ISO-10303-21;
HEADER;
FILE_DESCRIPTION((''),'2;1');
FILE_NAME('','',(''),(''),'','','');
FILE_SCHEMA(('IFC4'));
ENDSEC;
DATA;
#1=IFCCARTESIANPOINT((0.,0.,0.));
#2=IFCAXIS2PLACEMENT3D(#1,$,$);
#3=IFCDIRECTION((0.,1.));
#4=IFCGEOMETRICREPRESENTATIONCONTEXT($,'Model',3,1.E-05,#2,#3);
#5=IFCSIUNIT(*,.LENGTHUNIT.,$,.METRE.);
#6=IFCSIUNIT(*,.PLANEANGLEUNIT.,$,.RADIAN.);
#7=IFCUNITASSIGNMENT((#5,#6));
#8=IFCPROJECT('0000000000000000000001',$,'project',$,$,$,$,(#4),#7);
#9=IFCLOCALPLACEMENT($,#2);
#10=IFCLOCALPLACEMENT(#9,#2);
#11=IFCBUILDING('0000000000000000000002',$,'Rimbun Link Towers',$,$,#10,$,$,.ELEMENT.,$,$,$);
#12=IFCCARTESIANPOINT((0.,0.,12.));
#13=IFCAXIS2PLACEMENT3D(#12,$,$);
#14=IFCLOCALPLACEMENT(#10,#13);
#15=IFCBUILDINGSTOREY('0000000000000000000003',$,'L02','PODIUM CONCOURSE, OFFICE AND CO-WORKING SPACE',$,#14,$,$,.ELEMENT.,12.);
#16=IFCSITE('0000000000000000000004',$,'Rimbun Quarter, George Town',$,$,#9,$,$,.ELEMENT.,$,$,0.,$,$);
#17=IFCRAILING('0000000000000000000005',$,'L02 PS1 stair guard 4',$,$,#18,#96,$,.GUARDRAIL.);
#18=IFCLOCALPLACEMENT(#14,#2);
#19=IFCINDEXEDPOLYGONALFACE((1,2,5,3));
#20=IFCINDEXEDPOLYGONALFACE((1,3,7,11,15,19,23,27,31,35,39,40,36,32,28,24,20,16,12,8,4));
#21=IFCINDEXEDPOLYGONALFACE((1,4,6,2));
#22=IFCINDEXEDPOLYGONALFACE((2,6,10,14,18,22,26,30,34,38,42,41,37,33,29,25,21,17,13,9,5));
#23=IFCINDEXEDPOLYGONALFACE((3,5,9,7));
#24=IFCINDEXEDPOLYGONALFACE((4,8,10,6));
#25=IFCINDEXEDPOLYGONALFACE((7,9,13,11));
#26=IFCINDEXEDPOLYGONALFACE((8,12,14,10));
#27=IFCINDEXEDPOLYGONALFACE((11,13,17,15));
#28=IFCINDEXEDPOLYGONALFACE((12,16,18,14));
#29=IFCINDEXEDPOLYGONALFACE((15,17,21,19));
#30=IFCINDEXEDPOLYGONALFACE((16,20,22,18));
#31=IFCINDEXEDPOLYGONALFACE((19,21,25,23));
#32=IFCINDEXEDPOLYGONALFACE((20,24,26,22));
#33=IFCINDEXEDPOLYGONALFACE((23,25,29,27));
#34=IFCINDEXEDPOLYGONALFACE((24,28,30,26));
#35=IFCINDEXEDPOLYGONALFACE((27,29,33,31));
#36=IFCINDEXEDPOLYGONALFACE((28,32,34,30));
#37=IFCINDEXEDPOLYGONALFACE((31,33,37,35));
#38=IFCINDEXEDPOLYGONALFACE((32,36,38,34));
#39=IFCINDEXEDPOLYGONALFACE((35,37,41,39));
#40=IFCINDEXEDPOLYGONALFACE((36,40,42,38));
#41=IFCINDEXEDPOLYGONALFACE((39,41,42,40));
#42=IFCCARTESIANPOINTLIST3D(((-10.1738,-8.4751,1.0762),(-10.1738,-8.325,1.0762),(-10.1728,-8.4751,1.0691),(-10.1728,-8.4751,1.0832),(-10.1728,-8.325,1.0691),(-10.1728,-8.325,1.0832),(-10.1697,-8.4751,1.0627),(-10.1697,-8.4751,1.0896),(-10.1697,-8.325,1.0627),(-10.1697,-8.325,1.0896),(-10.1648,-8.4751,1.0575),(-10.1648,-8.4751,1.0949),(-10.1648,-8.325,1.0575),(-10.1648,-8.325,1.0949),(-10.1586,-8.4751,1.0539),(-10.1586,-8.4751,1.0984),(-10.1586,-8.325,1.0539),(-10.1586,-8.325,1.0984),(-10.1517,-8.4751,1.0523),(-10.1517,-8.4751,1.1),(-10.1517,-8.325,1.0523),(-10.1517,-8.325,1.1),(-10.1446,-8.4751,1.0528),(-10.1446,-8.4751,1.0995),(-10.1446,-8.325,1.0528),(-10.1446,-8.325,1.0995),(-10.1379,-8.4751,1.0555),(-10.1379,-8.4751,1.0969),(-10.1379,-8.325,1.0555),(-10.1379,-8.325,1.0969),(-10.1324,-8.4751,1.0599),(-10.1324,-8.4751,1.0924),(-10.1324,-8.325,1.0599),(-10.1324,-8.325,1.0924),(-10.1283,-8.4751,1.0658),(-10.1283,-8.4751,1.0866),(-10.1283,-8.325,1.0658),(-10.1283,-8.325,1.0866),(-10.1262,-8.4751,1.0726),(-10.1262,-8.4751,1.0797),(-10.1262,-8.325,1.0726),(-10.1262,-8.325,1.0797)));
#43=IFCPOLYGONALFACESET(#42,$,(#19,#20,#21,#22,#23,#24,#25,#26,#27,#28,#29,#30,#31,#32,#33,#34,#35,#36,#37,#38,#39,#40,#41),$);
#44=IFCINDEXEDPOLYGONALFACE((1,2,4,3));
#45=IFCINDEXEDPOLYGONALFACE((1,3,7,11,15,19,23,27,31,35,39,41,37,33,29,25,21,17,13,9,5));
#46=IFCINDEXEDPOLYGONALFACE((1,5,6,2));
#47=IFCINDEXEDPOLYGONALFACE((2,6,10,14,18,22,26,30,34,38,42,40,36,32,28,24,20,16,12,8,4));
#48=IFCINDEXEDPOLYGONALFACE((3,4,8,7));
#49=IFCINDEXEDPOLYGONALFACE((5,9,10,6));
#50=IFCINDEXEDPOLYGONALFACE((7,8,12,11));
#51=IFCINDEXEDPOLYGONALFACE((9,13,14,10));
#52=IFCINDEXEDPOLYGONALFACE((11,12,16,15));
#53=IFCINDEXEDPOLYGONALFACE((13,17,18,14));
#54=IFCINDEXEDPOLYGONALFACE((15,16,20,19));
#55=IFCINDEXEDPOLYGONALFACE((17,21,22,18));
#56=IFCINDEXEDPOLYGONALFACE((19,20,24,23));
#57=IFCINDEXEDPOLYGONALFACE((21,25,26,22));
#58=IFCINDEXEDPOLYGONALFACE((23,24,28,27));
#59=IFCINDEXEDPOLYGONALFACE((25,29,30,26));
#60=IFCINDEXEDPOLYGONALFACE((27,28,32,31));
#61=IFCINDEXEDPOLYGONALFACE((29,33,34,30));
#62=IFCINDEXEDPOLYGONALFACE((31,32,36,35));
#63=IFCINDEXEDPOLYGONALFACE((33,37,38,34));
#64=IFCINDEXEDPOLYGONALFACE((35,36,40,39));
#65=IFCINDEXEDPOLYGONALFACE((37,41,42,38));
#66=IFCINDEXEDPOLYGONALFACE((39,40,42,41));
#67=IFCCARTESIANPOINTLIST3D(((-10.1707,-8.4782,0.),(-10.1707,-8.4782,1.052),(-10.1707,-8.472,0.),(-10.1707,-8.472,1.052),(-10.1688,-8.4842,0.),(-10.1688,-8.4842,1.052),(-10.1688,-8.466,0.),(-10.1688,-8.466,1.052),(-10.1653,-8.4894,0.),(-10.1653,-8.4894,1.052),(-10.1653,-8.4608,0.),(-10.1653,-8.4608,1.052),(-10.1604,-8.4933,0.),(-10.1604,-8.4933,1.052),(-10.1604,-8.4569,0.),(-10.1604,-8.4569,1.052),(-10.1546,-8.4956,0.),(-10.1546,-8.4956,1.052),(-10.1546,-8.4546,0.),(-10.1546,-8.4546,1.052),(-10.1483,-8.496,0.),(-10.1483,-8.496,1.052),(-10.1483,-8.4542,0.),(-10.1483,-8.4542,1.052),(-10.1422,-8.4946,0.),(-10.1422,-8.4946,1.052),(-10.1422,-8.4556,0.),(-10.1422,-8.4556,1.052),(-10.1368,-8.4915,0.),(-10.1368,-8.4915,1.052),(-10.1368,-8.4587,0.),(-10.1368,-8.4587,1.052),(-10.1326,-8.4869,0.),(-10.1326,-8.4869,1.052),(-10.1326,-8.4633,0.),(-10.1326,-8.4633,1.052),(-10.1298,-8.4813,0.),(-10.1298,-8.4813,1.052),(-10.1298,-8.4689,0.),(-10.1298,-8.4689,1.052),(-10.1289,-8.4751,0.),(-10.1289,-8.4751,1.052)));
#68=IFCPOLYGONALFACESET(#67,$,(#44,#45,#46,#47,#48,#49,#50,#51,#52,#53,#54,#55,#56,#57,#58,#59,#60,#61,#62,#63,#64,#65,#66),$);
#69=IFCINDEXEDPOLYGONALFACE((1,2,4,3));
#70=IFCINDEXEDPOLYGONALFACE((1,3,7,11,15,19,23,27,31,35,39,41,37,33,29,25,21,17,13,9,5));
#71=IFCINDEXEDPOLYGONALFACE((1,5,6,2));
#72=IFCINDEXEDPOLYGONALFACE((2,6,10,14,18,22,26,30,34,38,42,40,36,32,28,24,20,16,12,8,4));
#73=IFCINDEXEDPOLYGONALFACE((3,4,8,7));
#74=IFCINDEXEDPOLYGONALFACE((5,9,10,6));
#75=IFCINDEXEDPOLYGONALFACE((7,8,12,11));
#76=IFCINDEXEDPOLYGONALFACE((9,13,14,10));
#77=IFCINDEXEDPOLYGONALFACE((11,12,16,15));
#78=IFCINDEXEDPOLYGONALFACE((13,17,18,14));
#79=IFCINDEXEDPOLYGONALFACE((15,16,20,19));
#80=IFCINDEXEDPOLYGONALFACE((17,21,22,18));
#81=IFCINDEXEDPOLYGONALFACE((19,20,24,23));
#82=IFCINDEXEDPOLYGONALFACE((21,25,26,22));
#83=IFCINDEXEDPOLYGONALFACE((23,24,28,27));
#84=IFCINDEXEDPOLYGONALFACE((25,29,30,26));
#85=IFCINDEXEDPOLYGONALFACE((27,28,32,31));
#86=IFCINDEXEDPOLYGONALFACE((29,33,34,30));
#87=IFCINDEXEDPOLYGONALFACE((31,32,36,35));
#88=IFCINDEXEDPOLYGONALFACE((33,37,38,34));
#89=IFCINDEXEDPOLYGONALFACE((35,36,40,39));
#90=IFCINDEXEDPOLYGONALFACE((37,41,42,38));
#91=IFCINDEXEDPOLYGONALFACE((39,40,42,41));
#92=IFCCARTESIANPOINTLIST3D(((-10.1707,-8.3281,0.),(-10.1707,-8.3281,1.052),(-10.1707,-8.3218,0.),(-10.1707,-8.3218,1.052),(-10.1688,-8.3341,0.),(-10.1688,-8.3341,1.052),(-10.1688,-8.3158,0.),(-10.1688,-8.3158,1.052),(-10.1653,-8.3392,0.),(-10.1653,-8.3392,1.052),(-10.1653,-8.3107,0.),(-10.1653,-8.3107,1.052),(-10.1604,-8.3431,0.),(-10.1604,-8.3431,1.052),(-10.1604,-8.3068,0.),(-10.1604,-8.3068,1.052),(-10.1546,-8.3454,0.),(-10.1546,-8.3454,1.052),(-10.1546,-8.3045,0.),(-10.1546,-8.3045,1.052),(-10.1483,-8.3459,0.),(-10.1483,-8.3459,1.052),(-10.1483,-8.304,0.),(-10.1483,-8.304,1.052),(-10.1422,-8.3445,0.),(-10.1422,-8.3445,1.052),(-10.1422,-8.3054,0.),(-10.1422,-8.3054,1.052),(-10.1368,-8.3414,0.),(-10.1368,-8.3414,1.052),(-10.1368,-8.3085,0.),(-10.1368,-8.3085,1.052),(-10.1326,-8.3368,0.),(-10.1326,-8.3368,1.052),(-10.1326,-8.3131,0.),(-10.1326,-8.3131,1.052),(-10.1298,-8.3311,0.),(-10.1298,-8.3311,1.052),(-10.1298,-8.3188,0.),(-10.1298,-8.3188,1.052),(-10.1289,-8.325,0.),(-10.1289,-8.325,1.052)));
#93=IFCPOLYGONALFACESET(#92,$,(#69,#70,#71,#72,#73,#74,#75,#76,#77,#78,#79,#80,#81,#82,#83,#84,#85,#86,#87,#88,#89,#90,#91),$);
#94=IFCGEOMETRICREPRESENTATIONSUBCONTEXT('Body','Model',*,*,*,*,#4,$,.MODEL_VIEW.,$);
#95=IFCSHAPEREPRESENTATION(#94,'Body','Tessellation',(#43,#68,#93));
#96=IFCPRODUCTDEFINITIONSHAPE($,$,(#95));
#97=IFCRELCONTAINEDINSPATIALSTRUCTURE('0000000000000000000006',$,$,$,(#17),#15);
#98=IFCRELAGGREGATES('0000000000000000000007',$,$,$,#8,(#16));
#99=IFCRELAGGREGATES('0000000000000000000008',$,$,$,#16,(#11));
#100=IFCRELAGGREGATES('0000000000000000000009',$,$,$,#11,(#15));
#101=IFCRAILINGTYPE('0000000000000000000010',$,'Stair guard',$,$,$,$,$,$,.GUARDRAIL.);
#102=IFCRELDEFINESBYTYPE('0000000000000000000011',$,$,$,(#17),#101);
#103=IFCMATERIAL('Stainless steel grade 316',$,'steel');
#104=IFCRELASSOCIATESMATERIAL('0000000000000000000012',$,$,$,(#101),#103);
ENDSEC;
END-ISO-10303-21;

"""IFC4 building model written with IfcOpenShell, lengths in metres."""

from ifc_helpers import new_model, si_unit, direction, frame, origin, origin_2d, place, context, subcontext, project, spatial, circle, extrude, material, type_object, element, save


model = new_model("IFC4")

# Units and contexts
model_context = context("Model", 3, precision=1e-05, world=origin(), true_north=direction((0.0, 1.0)))
body_context = subcontext(model_context, "Body", "Model", "MODEL_VIEW")
ifc_project = project(units=[si_unit("LENGTHUNIT", "METRE"), si_unit("PLANEANGLEUNIT", "RADIAN")], contexts=[model_context])

# Site, building, storey
site_placement = place(None, origin())
site = spatial("IfcSite", under=ifc_project, at=site_placement, Name="Rimbun Quarter, George Town", CompositionType="ELEMENT", RefElevation=0.0)
building_placement = place(site_placement, origin())
building = spatial("IfcBuilding", under=site, at=building_placement, Name="Rimbun Link Towers", CompositionType="ELEMENT")
storey_placement = place(building_placement, frame((0.0, 0.0, 12.0)))
storey = spatial("IfcBuildingStorey", under=building, at=storey_placement, Name="L02", Description="PODIUM CONCOURSE, OFFICE AND CO-WORKING SPACE", CompositionType="ELEMENT", Elevation=12.0)

# Railing
ifc_material_1 = material(Name="Stainless steel grade 316", Category="steel")
railing_type_1 = type_object("IfcRailingType", Name="Stair guard", PredefinedType="GUARDRAIL", material=ifc_material_1)
railing_1_placement = place(storey_placement, frame((-10.1499, -8.4751, 0.0)))
element("IfcRailing", 1, at=railing_1_placement, inside=storey, type_object=railing_type_1, Name="L02 PS1 stair guard 4", PredefinedType="GUARDRAIL", context=body_context, shape_type="SweptSolid", body=[
    extrude(circle(Radius=0.0239, at=origin_2d()), frame((0.0, 0.0, 1.0762), z_axis=(0.0, 1.0, 0.0), x_axis=(-1.0, 0.0, 0.0)), (0.0, 0.0, 1.0), 0.1501),
    extrude(circle(Radius=0.021, at=origin_2d()), origin(), (0.0, 0.0, 1.0), 1.052),
    extrude(circle(Radius=0.021, at=origin_2d()), frame((0.0, 0.1501, 0.0)), (0.0, 0.0, 1.0), 1.052),
])

save(model, "model.ifc")
